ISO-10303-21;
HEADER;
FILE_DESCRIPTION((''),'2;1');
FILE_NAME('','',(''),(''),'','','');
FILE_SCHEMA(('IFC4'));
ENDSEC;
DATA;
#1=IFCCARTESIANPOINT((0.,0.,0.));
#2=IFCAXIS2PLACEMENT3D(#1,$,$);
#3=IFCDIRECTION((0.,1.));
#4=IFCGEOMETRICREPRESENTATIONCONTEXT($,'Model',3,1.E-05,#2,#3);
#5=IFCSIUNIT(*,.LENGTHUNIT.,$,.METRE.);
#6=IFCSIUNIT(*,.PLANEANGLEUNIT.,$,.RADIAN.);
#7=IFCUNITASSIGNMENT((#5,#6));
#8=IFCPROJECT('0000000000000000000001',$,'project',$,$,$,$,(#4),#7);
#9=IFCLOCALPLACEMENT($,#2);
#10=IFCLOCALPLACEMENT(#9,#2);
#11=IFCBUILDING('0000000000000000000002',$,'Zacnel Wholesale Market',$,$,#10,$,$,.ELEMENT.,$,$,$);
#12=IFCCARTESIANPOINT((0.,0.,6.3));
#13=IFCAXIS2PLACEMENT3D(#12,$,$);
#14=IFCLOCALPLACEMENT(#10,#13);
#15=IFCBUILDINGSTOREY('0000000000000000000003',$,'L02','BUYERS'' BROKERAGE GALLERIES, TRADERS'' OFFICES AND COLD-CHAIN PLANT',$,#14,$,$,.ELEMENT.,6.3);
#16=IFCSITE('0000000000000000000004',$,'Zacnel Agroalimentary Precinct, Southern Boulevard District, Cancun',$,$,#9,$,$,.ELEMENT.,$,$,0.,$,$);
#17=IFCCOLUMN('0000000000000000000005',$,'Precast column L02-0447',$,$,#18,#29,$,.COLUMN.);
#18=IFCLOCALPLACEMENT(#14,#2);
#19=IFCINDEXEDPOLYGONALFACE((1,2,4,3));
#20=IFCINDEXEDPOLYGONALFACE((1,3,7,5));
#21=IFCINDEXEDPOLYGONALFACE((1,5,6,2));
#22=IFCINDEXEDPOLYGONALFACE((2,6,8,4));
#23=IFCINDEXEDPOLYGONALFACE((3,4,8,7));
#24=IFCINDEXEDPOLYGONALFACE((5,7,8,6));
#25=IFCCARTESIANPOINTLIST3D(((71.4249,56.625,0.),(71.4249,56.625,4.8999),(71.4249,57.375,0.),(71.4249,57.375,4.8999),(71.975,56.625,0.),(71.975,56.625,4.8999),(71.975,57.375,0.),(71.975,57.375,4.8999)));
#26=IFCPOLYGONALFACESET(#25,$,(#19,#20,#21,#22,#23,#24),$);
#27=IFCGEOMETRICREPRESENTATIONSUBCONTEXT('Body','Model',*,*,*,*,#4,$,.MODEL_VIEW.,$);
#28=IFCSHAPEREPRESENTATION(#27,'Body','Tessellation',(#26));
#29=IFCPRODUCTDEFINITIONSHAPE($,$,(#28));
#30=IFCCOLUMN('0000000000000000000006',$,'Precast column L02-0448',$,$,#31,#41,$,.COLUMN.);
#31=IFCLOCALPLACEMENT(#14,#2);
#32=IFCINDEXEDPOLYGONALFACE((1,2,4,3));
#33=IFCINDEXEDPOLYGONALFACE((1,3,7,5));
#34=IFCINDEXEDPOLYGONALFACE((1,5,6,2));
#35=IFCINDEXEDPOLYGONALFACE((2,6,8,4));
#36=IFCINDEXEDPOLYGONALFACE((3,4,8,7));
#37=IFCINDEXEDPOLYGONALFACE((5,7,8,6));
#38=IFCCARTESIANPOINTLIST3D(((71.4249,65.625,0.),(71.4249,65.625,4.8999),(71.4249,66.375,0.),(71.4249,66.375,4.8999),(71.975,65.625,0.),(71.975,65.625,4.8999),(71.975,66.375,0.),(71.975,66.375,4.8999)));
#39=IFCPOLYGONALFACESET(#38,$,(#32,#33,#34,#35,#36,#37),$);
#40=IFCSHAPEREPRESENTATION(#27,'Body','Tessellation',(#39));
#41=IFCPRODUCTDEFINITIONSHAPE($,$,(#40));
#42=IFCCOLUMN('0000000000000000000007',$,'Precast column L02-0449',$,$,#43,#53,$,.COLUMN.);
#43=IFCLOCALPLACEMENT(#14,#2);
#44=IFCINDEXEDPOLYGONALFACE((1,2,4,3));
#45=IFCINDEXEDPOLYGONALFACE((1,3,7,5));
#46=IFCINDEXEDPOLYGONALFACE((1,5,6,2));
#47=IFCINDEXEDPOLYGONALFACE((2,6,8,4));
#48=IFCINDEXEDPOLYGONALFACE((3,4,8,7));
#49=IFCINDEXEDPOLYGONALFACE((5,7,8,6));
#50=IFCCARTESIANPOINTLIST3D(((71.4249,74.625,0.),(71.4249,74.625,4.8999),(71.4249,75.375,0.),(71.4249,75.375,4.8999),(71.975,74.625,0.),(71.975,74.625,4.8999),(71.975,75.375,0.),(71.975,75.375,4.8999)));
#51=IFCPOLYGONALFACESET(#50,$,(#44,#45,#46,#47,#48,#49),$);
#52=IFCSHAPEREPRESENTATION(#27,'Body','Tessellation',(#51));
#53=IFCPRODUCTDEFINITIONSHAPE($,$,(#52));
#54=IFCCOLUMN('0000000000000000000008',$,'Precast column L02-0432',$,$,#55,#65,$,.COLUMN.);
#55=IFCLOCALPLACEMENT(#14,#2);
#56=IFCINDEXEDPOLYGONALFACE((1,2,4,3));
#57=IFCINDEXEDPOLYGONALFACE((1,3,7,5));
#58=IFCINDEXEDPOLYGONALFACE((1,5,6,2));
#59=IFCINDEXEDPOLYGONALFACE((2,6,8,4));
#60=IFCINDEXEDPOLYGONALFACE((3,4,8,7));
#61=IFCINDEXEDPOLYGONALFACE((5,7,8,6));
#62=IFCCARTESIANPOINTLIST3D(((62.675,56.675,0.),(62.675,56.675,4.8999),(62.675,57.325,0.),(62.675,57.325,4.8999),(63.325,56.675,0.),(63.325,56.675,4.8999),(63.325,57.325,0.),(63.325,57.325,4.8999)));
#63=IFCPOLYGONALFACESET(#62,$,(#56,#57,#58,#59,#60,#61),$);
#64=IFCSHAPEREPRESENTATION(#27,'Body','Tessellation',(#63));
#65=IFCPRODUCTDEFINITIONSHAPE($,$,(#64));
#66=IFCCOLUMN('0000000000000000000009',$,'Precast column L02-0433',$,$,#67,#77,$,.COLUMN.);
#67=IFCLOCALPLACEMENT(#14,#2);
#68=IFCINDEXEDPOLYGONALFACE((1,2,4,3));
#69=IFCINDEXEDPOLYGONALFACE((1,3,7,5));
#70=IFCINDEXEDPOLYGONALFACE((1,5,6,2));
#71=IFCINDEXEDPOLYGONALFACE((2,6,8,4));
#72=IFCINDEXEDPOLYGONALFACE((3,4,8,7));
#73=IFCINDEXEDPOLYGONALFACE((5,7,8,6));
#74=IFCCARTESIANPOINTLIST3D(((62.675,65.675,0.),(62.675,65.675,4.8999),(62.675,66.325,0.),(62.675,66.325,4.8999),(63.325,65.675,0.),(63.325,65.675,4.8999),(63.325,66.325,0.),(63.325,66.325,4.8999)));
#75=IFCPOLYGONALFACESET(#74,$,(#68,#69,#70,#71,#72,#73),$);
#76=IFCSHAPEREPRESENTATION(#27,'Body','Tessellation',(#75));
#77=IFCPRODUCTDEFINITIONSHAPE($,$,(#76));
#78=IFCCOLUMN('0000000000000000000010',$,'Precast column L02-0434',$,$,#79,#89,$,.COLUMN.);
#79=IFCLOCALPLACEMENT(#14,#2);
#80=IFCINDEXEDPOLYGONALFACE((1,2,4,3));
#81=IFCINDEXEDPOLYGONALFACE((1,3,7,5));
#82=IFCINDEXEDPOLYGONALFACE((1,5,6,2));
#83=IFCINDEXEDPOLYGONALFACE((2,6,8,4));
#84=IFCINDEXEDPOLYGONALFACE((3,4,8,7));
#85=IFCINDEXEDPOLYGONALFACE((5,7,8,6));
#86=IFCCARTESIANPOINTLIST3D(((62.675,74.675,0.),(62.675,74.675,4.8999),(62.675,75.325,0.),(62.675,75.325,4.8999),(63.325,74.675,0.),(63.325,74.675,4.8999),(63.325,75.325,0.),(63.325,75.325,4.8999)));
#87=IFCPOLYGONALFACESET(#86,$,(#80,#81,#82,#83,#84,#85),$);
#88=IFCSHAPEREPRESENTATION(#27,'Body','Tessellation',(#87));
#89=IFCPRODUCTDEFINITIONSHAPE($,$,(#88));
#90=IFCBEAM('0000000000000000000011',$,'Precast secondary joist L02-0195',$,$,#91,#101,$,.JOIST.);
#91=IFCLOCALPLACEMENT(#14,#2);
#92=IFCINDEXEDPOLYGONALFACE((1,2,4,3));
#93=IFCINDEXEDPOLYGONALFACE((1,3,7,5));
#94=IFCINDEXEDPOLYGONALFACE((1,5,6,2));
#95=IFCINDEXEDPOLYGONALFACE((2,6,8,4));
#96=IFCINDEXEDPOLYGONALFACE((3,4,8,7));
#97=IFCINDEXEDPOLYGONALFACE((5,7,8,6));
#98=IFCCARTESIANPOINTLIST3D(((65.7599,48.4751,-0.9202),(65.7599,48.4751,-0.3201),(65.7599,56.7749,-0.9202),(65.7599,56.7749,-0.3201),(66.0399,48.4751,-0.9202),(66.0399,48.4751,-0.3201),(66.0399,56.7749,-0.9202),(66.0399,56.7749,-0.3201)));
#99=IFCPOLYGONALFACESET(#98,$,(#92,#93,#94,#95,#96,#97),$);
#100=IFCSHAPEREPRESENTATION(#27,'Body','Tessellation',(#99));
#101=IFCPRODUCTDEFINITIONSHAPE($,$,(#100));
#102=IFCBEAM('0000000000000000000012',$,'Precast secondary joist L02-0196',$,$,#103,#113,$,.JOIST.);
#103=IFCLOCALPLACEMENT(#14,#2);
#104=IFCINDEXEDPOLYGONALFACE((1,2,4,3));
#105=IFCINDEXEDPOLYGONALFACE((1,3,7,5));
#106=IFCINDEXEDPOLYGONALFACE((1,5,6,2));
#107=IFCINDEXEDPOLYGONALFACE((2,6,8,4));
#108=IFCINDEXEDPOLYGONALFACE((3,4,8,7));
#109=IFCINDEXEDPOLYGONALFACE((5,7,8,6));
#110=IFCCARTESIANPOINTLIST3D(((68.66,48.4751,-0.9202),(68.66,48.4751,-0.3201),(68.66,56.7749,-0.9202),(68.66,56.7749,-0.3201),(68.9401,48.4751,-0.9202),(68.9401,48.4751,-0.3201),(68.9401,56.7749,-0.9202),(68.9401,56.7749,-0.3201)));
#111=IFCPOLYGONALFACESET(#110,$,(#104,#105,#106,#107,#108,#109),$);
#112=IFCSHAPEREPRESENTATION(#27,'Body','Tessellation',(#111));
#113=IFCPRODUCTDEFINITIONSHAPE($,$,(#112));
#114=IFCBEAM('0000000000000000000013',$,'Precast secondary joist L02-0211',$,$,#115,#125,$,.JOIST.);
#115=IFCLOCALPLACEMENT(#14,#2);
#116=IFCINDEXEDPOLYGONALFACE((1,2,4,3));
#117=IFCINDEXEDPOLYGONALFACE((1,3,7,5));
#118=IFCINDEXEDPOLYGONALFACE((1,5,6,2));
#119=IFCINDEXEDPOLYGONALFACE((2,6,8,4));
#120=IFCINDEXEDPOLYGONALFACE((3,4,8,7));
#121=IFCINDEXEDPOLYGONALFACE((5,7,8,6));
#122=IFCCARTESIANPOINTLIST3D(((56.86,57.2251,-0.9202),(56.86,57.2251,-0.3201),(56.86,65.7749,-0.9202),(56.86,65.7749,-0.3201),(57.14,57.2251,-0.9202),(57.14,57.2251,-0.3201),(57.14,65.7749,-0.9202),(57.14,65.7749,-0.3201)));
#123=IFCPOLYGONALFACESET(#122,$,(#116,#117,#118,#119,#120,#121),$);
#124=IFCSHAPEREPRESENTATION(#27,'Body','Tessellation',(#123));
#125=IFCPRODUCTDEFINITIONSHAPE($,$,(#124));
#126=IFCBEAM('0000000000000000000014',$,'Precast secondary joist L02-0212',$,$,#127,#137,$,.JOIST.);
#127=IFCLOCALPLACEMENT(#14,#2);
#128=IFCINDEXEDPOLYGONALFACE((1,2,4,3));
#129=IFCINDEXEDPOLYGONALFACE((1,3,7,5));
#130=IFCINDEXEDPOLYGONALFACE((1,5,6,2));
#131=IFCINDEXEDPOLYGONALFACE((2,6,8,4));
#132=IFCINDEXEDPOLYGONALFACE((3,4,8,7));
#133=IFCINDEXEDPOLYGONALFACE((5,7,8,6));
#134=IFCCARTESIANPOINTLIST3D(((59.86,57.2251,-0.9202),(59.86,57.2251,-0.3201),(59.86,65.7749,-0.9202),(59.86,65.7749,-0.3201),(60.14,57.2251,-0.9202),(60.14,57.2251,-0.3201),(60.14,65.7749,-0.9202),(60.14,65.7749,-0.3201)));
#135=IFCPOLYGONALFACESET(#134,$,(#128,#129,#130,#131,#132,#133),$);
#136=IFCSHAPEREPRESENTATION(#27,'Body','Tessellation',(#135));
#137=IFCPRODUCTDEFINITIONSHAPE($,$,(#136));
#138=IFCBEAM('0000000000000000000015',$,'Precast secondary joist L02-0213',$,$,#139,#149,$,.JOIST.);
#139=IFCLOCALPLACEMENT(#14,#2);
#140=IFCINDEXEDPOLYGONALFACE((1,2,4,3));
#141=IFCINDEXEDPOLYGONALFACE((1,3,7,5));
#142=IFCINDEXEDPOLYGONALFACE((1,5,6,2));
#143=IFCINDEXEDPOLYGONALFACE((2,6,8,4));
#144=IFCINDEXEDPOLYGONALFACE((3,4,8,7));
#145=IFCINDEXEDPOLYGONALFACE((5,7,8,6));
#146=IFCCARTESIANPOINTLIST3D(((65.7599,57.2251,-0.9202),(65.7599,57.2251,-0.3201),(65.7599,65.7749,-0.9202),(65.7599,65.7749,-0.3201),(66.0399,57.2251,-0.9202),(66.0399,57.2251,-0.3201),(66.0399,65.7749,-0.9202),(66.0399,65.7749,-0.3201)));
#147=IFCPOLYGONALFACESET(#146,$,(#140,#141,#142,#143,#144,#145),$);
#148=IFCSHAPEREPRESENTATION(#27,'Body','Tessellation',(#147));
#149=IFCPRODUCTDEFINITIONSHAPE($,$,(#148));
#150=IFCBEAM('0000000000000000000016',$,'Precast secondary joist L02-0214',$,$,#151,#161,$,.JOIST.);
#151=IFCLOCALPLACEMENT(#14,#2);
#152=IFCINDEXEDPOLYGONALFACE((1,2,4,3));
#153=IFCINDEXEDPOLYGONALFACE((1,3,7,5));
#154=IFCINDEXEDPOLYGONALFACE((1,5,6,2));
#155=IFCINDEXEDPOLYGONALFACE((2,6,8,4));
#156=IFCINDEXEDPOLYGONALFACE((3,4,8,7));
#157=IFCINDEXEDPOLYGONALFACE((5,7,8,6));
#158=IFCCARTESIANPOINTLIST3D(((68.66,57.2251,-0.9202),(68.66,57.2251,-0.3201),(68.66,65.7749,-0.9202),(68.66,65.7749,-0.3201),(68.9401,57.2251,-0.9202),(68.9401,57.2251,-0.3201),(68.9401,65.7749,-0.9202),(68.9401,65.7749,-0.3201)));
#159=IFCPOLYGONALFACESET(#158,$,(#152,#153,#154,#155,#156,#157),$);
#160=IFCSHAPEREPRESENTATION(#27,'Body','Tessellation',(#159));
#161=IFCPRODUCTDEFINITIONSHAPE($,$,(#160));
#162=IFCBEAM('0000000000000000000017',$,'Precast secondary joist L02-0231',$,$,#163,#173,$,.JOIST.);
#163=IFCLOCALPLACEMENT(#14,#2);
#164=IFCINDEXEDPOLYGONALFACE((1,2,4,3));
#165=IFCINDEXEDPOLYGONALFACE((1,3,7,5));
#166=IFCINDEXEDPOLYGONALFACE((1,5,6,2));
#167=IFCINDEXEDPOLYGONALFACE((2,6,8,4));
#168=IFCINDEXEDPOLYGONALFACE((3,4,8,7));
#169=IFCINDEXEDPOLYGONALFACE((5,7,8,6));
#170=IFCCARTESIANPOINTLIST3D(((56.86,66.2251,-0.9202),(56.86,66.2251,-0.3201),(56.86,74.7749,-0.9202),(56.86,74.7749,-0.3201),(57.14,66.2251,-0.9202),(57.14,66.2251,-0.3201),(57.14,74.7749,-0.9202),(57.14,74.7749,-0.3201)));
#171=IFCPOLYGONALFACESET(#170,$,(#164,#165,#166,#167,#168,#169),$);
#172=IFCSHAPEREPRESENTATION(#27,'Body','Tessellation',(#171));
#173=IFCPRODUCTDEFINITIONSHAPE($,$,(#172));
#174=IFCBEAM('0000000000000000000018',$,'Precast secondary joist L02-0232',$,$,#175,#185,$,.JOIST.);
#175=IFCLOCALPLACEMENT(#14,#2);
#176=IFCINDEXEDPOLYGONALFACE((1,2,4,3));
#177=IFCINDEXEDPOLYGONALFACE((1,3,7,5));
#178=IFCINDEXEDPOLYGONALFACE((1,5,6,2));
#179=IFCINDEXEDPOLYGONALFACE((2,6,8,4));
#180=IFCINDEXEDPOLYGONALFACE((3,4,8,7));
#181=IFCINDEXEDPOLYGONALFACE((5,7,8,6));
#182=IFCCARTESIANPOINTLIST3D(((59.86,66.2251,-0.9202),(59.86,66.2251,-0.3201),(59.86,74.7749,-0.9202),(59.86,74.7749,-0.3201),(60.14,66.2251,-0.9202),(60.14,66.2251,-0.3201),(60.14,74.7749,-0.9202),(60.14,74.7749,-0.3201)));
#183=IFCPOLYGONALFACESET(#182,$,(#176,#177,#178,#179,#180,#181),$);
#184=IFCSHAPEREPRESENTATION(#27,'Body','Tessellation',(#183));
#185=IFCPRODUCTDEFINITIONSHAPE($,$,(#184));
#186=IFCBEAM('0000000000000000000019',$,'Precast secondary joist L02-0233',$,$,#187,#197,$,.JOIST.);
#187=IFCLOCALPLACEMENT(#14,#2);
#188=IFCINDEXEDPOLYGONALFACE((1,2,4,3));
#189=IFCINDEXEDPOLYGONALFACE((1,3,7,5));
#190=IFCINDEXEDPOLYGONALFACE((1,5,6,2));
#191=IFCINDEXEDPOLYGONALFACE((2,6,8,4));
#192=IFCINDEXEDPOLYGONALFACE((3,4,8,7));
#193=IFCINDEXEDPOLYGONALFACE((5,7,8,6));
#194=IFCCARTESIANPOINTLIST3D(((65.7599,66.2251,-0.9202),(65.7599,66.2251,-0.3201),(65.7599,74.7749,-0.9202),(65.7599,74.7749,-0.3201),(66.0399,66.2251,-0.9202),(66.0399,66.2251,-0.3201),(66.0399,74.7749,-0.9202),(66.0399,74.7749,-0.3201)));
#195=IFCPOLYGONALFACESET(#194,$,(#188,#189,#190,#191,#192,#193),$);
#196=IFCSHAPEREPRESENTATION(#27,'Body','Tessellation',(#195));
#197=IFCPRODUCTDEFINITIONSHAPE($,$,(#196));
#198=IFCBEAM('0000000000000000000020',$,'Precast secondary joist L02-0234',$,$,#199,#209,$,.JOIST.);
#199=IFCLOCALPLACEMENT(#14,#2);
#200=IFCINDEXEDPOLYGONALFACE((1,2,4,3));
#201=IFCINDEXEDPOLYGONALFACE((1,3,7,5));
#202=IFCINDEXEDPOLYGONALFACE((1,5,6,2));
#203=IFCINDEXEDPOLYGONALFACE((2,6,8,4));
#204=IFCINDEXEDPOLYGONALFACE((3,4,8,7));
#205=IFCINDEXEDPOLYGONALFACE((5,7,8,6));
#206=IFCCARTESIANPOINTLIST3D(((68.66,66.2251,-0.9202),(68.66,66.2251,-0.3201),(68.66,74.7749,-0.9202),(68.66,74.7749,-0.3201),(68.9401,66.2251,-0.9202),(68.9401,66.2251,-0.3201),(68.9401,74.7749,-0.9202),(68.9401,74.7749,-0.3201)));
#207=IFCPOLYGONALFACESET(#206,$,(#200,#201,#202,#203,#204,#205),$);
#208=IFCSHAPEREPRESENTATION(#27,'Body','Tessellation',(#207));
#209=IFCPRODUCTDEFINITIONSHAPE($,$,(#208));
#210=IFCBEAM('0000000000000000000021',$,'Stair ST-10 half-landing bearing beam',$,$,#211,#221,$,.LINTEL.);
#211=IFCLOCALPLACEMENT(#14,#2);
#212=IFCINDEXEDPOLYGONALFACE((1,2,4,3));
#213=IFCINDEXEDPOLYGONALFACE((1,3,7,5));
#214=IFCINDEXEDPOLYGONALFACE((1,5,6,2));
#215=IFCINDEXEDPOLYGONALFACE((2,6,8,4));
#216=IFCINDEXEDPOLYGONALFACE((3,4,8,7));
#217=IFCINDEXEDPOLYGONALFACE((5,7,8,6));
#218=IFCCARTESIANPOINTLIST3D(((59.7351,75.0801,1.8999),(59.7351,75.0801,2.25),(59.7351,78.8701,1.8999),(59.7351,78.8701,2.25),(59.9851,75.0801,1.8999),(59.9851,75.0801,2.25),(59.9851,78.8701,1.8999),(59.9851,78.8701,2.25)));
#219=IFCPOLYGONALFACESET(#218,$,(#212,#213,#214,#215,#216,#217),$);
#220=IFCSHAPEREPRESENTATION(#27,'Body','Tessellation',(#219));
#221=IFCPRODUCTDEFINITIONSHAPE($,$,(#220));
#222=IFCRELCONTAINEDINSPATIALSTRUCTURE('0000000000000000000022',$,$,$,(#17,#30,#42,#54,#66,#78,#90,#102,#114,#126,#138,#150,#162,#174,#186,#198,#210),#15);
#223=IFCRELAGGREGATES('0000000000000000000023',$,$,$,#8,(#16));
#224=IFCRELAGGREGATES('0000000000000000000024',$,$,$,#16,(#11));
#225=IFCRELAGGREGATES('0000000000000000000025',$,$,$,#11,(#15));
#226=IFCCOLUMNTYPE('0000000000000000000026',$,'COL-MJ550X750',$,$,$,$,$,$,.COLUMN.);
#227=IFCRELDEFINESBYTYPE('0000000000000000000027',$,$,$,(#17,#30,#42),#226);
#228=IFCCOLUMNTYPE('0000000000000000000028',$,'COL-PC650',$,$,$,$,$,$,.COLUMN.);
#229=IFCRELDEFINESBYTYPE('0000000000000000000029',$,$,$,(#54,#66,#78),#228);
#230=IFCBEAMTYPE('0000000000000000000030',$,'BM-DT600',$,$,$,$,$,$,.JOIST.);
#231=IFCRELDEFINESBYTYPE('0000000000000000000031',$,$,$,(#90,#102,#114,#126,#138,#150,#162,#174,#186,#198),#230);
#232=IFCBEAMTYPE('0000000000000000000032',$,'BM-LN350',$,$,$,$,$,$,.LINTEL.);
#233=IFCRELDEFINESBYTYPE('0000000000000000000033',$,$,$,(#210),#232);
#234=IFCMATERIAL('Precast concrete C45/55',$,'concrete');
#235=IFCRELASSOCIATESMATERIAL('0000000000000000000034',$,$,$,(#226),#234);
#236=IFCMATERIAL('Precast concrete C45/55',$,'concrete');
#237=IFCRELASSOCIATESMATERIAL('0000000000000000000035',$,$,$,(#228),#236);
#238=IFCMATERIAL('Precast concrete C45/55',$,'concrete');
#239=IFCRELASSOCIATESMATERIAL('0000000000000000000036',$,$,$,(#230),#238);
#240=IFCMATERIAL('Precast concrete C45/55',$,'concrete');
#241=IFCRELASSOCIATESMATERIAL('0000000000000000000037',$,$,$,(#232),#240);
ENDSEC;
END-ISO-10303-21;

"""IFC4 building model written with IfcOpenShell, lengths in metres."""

from ifc_helpers import new_model, si_unit, direction, frame, origin, origin_2d, place, context, subcontext, project, spatial, rectangle, extrude, material, material_profile, profile_set, type_object, element, save


model = new_model("IFC4")

# Units and contexts
model_context = context("Model", 3, precision=1e-05, world=origin(), true_north=direction((0.0, 1.0)))
body_context = subcontext(model_context, "Body", "Model", "MODEL_VIEW")
ifc_project = project(units=[si_unit("LENGTHUNIT", "METRE"), si_unit("PLANEANGLEUNIT", "RADIAN")], contexts=[model_context])

# Site, building, storey
site_placement = place(None, origin())
site = spatial("IfcSite", under=ifc_project, at=site_placement, Name="Zacnel Agroalimentary Precinct, Southern Boulevard District, Cancun", CompositionType="ELEMENT", RefElevation=0.0)
building_placement = place(site_placement, origin())
building = spatial("IfcBuilding", under=site, at=building_placement, Name="Zacnel Wholesale Market", CompositionType="ELEMENT")
storey_placement = place(building_placement, frame((0.0, 0.0, 6.3)))
storey = spatial("IfcBuildingStorey", under=building, at=storey_placement, Name="L02", Description="BUYERS' BROKERAGE GALLERIES, TRADERS' OFFICES AND COLD-CHAIN PLANT", CompositionType="ELEMENT", Elevation=6.3)

# Columns
ifc_material_1 = material(Name="Precast concrete C45/55", Category="concrete")
ifc_material_profile_1 = material_profile(ifc_material_1, rectangle(XDim=0.55, YDim=0.75, at=origin_2d()), Name="PC 550x750")
ifc_profile_set_1 = profile_set([ifc_material_profile_1], Name="Precast concrete C45/55")
column_type_1 = type_object("IfcColumnType", Name="COL-MJ550X750", PredefinedType="COLUMN", material=ifc_profile_set_1)
for number, where, z_axis, x_axis, name in (
    (1, (71.7, 57.0, 0.0), (0.0, 0.0, 1.0), (1.0, 0.0, 0.0), "Precast column L02-0447"),
    (2, (71.7, 66.0, 0.0), (0.0, 0.0, 1.0), (1.0, 0.0, 0.0), "Precast column L02-0448"),
    (3, (71.7, 75.0, 0.0), (0.0, 0.0, 1.0), (1.0, 0.0, 0.0), "Precast column L02-0449"),
):
    element("IfcColumn", number, at=place(storey_placement, frame(where, z_axis=z_axis, x_axis=x_axis)), inside=storey, type_object=column_type_1, Name=name, PredefinedType="COLUMN", context=body_context, shape_type="SweptSolid", body=[
        extrude(rectangle(XDim=0.55, YDim=0.75, at=origin_2d()), origin(), (0.0, 0.0, 1.0), 4.8999),
    ])
ifc_material_2 = material(Name="Precast concrete C45/55", Category="concrete")
ifc_material_profile_2 = material_profile(ifc_material_2, rectangle(XDim=0.6499, YDim=0.6499, at=origin_2d()), Name="PC 650x650")
ifc_profile_set_2 = profile_set([ifc_material_profile_2], Name="Precast concrete C45/55")
column_type_2 = type_object("IfcColumnType", Name="COL-PC650", PredefinedType="COLUMN", material=ifc_profile_set_2)
for number, where, z_axis, x_axis, name in (
    (4, (63.0, 57.0, 0.0), (0.0, 0.0, 1.0), (1.0, 0.0, 0.0), "Precast column L02-0432"),
    (5, (63.0, 66.0, 0.0), (0.0, 0.0, 1.0), (1.0, 0.0, 0.0), "Precast column L02-0433"),
    (6, (63.0, 75.0, 0.0), (0.0, 0.0, 1.0), (1.0, 0.0, 0.0), "Precast column L02-0434"),
):
    element("IfcColumn", number, at=place(storey_placement, frame(where, z_axis=z_axis, x_axis=x_axis)), inside=storey, type_object=column_type_2, Name=name, PredefinedType="COLUMN", context=body_context, shape_type="SweptSolid", body=[
        extrude(rectangle(XDim=0.6499, YDim=0.6499, at=origin_2d()), origin(), (0.0, 0.0, 1.0), 4.8999),
    ])

# Beams
ifc_material_3 = material(Name="Precast concrete C45/55", Category="concrete")
ifc_material_profile_3 = material_profile(ifc_material_3, rectangle(XDim=0.28, YDim=0.6001, at=origin_2d()), Name="DT RIB 280x600")
ifc_profile_set_3 = profile_set([ifc_material_profile_3], Name="Precast concrete C45/55")
beam_type_1 = type_object("IfcBeamType", Name="BM-DT600", PredefinedType="JOIST", material=ifc_profile_set_3)
for number, where, z_axis, x_axis, name in (
    (7, (65.8999, 48.4751, -0.6201), (0.0, 1.0, 0.0), (-1.0, 0.0, 0.0), "Precast secondary joist L02-0195"),
    (8, (68.8, 48.4751, -0.6201), (0.0, 1.0, 0.0), (-1.0, 0.0, 0.0), "Precast secondary joist L02-0196"),
):
    element("IfcBeam", number, at=place(storey_placement, frame(where, z_axis=z_axis, x_axis=x_axis)), inside=storey, type_object=beam_type_1, Name=name, PredefinedType="JOIST", context=body_context, shape_type="SweptSolid", body=[
        extrude(rectangle(XDim=0.28, YDim=0.6001, at=origin_2d()), origin(), (0.0, 0.0, 1.0), 8.2998),
    ])
for number, where, z_axis, x_axis, name in (
    (9, (57.0, 57.2251, -0.6201), (0.0, 1.0, 0.0), (-1.0, 0.0, 0.0), "Precast secondary joist L02-0211"),
    (10, (60.0, 57.2251, -0.6201), (0.0, 1.0, 0.0), (-1.0, 0.0, 0.0), "Precast secondary joist L02-0212"),
    (11, (65.8999, 57.2251, -0.6201), (0.0, 1.0, 0.0), (-1.0, 0.0, 0.0), "Precast secondary joist L02-0213"),
    (12, (68.8, 57.2251, -0.6201), (0.0, 1.0, 0.0), (-1.0, 0.0, 0.0), "Precast secondary joist L02-0214"),
    (13, (57.0, 66.2251, -0.6201), (0.0, 1.0, 0.0), (-1.0, 0.0, 0.0), "Precast secondary joist L02-0231"),
    (14, (60.0, 66.2251, -0.6201), (0.0, 1.0, 0.0), (-1.0, 0.0, 0.0), "Precast secondary joist L02-0232"),
    (15, (65.8999, 66.2251, -0.6201), (0.0, 1.0, 0.0), (-1.0, 0.0, 0.0), "Precast secondary joist L02-0233"),
    (16, (68.8, 66.2251, -0.6201), (0.0, 1.0, 0.0), (-1.0, 0.0, 0.0), "Precast secondary joist L02-0234"),
):
    element("IfcBeam", number, at=place(storey_placement, frame(where, z_axis=z_axis, x_axis=x_axis)), inside=storey, type_object=beam_type_1, Name=name, PredefinedType="JOIST", context=body_context, shape_type="SweptSolid", body=[
        extrude(rectangle(XDim=0.28, YDim=0.6001, at=origin_2d()), origin(), (0.0, 0.0, 1.0), 8.5498),
    ])
ifc_material_4 = material(Name="Precast concrete C45/55", Category="concrete")
ifc_material_profile_4 = material_profile(ifc_material_4, rectangle(XDim=0.25, YDim=0.3501, at=origin_2d()), Name="LN 250x350")
ifc_profile_set_4 = profile_set([ifc_material_profile_4], Name="Precast concrete C45/55")
beam_type_2 = type_object("IfcBeamType", Name="BM-LN350", PredefinedType="LINTEL", material=ifc_profile_set_4)
beam_1_placement = place(storey_placement, frame((59.8601, 75.0801, 2.075), z_axis=(0.0, 1.0, 0.0), x_axis=(-1.0, 0.0, 0.0)))
element("IfcBeam", 17, at=beam_1_placement, inside=storey, type_object=beam_type_2, Name="Stair ST-10 half-landing bearing beam", PredefinedType="LINTEL", context=body_context, shape_type="SweptSolid", body=[
    extrude(rectangle(XDim=0.25, YDim=0.3501, at=origin_2d()), origin(), (0.0, 0.0, 1.0), 3.79),
])

save(model, "model.ifc")
